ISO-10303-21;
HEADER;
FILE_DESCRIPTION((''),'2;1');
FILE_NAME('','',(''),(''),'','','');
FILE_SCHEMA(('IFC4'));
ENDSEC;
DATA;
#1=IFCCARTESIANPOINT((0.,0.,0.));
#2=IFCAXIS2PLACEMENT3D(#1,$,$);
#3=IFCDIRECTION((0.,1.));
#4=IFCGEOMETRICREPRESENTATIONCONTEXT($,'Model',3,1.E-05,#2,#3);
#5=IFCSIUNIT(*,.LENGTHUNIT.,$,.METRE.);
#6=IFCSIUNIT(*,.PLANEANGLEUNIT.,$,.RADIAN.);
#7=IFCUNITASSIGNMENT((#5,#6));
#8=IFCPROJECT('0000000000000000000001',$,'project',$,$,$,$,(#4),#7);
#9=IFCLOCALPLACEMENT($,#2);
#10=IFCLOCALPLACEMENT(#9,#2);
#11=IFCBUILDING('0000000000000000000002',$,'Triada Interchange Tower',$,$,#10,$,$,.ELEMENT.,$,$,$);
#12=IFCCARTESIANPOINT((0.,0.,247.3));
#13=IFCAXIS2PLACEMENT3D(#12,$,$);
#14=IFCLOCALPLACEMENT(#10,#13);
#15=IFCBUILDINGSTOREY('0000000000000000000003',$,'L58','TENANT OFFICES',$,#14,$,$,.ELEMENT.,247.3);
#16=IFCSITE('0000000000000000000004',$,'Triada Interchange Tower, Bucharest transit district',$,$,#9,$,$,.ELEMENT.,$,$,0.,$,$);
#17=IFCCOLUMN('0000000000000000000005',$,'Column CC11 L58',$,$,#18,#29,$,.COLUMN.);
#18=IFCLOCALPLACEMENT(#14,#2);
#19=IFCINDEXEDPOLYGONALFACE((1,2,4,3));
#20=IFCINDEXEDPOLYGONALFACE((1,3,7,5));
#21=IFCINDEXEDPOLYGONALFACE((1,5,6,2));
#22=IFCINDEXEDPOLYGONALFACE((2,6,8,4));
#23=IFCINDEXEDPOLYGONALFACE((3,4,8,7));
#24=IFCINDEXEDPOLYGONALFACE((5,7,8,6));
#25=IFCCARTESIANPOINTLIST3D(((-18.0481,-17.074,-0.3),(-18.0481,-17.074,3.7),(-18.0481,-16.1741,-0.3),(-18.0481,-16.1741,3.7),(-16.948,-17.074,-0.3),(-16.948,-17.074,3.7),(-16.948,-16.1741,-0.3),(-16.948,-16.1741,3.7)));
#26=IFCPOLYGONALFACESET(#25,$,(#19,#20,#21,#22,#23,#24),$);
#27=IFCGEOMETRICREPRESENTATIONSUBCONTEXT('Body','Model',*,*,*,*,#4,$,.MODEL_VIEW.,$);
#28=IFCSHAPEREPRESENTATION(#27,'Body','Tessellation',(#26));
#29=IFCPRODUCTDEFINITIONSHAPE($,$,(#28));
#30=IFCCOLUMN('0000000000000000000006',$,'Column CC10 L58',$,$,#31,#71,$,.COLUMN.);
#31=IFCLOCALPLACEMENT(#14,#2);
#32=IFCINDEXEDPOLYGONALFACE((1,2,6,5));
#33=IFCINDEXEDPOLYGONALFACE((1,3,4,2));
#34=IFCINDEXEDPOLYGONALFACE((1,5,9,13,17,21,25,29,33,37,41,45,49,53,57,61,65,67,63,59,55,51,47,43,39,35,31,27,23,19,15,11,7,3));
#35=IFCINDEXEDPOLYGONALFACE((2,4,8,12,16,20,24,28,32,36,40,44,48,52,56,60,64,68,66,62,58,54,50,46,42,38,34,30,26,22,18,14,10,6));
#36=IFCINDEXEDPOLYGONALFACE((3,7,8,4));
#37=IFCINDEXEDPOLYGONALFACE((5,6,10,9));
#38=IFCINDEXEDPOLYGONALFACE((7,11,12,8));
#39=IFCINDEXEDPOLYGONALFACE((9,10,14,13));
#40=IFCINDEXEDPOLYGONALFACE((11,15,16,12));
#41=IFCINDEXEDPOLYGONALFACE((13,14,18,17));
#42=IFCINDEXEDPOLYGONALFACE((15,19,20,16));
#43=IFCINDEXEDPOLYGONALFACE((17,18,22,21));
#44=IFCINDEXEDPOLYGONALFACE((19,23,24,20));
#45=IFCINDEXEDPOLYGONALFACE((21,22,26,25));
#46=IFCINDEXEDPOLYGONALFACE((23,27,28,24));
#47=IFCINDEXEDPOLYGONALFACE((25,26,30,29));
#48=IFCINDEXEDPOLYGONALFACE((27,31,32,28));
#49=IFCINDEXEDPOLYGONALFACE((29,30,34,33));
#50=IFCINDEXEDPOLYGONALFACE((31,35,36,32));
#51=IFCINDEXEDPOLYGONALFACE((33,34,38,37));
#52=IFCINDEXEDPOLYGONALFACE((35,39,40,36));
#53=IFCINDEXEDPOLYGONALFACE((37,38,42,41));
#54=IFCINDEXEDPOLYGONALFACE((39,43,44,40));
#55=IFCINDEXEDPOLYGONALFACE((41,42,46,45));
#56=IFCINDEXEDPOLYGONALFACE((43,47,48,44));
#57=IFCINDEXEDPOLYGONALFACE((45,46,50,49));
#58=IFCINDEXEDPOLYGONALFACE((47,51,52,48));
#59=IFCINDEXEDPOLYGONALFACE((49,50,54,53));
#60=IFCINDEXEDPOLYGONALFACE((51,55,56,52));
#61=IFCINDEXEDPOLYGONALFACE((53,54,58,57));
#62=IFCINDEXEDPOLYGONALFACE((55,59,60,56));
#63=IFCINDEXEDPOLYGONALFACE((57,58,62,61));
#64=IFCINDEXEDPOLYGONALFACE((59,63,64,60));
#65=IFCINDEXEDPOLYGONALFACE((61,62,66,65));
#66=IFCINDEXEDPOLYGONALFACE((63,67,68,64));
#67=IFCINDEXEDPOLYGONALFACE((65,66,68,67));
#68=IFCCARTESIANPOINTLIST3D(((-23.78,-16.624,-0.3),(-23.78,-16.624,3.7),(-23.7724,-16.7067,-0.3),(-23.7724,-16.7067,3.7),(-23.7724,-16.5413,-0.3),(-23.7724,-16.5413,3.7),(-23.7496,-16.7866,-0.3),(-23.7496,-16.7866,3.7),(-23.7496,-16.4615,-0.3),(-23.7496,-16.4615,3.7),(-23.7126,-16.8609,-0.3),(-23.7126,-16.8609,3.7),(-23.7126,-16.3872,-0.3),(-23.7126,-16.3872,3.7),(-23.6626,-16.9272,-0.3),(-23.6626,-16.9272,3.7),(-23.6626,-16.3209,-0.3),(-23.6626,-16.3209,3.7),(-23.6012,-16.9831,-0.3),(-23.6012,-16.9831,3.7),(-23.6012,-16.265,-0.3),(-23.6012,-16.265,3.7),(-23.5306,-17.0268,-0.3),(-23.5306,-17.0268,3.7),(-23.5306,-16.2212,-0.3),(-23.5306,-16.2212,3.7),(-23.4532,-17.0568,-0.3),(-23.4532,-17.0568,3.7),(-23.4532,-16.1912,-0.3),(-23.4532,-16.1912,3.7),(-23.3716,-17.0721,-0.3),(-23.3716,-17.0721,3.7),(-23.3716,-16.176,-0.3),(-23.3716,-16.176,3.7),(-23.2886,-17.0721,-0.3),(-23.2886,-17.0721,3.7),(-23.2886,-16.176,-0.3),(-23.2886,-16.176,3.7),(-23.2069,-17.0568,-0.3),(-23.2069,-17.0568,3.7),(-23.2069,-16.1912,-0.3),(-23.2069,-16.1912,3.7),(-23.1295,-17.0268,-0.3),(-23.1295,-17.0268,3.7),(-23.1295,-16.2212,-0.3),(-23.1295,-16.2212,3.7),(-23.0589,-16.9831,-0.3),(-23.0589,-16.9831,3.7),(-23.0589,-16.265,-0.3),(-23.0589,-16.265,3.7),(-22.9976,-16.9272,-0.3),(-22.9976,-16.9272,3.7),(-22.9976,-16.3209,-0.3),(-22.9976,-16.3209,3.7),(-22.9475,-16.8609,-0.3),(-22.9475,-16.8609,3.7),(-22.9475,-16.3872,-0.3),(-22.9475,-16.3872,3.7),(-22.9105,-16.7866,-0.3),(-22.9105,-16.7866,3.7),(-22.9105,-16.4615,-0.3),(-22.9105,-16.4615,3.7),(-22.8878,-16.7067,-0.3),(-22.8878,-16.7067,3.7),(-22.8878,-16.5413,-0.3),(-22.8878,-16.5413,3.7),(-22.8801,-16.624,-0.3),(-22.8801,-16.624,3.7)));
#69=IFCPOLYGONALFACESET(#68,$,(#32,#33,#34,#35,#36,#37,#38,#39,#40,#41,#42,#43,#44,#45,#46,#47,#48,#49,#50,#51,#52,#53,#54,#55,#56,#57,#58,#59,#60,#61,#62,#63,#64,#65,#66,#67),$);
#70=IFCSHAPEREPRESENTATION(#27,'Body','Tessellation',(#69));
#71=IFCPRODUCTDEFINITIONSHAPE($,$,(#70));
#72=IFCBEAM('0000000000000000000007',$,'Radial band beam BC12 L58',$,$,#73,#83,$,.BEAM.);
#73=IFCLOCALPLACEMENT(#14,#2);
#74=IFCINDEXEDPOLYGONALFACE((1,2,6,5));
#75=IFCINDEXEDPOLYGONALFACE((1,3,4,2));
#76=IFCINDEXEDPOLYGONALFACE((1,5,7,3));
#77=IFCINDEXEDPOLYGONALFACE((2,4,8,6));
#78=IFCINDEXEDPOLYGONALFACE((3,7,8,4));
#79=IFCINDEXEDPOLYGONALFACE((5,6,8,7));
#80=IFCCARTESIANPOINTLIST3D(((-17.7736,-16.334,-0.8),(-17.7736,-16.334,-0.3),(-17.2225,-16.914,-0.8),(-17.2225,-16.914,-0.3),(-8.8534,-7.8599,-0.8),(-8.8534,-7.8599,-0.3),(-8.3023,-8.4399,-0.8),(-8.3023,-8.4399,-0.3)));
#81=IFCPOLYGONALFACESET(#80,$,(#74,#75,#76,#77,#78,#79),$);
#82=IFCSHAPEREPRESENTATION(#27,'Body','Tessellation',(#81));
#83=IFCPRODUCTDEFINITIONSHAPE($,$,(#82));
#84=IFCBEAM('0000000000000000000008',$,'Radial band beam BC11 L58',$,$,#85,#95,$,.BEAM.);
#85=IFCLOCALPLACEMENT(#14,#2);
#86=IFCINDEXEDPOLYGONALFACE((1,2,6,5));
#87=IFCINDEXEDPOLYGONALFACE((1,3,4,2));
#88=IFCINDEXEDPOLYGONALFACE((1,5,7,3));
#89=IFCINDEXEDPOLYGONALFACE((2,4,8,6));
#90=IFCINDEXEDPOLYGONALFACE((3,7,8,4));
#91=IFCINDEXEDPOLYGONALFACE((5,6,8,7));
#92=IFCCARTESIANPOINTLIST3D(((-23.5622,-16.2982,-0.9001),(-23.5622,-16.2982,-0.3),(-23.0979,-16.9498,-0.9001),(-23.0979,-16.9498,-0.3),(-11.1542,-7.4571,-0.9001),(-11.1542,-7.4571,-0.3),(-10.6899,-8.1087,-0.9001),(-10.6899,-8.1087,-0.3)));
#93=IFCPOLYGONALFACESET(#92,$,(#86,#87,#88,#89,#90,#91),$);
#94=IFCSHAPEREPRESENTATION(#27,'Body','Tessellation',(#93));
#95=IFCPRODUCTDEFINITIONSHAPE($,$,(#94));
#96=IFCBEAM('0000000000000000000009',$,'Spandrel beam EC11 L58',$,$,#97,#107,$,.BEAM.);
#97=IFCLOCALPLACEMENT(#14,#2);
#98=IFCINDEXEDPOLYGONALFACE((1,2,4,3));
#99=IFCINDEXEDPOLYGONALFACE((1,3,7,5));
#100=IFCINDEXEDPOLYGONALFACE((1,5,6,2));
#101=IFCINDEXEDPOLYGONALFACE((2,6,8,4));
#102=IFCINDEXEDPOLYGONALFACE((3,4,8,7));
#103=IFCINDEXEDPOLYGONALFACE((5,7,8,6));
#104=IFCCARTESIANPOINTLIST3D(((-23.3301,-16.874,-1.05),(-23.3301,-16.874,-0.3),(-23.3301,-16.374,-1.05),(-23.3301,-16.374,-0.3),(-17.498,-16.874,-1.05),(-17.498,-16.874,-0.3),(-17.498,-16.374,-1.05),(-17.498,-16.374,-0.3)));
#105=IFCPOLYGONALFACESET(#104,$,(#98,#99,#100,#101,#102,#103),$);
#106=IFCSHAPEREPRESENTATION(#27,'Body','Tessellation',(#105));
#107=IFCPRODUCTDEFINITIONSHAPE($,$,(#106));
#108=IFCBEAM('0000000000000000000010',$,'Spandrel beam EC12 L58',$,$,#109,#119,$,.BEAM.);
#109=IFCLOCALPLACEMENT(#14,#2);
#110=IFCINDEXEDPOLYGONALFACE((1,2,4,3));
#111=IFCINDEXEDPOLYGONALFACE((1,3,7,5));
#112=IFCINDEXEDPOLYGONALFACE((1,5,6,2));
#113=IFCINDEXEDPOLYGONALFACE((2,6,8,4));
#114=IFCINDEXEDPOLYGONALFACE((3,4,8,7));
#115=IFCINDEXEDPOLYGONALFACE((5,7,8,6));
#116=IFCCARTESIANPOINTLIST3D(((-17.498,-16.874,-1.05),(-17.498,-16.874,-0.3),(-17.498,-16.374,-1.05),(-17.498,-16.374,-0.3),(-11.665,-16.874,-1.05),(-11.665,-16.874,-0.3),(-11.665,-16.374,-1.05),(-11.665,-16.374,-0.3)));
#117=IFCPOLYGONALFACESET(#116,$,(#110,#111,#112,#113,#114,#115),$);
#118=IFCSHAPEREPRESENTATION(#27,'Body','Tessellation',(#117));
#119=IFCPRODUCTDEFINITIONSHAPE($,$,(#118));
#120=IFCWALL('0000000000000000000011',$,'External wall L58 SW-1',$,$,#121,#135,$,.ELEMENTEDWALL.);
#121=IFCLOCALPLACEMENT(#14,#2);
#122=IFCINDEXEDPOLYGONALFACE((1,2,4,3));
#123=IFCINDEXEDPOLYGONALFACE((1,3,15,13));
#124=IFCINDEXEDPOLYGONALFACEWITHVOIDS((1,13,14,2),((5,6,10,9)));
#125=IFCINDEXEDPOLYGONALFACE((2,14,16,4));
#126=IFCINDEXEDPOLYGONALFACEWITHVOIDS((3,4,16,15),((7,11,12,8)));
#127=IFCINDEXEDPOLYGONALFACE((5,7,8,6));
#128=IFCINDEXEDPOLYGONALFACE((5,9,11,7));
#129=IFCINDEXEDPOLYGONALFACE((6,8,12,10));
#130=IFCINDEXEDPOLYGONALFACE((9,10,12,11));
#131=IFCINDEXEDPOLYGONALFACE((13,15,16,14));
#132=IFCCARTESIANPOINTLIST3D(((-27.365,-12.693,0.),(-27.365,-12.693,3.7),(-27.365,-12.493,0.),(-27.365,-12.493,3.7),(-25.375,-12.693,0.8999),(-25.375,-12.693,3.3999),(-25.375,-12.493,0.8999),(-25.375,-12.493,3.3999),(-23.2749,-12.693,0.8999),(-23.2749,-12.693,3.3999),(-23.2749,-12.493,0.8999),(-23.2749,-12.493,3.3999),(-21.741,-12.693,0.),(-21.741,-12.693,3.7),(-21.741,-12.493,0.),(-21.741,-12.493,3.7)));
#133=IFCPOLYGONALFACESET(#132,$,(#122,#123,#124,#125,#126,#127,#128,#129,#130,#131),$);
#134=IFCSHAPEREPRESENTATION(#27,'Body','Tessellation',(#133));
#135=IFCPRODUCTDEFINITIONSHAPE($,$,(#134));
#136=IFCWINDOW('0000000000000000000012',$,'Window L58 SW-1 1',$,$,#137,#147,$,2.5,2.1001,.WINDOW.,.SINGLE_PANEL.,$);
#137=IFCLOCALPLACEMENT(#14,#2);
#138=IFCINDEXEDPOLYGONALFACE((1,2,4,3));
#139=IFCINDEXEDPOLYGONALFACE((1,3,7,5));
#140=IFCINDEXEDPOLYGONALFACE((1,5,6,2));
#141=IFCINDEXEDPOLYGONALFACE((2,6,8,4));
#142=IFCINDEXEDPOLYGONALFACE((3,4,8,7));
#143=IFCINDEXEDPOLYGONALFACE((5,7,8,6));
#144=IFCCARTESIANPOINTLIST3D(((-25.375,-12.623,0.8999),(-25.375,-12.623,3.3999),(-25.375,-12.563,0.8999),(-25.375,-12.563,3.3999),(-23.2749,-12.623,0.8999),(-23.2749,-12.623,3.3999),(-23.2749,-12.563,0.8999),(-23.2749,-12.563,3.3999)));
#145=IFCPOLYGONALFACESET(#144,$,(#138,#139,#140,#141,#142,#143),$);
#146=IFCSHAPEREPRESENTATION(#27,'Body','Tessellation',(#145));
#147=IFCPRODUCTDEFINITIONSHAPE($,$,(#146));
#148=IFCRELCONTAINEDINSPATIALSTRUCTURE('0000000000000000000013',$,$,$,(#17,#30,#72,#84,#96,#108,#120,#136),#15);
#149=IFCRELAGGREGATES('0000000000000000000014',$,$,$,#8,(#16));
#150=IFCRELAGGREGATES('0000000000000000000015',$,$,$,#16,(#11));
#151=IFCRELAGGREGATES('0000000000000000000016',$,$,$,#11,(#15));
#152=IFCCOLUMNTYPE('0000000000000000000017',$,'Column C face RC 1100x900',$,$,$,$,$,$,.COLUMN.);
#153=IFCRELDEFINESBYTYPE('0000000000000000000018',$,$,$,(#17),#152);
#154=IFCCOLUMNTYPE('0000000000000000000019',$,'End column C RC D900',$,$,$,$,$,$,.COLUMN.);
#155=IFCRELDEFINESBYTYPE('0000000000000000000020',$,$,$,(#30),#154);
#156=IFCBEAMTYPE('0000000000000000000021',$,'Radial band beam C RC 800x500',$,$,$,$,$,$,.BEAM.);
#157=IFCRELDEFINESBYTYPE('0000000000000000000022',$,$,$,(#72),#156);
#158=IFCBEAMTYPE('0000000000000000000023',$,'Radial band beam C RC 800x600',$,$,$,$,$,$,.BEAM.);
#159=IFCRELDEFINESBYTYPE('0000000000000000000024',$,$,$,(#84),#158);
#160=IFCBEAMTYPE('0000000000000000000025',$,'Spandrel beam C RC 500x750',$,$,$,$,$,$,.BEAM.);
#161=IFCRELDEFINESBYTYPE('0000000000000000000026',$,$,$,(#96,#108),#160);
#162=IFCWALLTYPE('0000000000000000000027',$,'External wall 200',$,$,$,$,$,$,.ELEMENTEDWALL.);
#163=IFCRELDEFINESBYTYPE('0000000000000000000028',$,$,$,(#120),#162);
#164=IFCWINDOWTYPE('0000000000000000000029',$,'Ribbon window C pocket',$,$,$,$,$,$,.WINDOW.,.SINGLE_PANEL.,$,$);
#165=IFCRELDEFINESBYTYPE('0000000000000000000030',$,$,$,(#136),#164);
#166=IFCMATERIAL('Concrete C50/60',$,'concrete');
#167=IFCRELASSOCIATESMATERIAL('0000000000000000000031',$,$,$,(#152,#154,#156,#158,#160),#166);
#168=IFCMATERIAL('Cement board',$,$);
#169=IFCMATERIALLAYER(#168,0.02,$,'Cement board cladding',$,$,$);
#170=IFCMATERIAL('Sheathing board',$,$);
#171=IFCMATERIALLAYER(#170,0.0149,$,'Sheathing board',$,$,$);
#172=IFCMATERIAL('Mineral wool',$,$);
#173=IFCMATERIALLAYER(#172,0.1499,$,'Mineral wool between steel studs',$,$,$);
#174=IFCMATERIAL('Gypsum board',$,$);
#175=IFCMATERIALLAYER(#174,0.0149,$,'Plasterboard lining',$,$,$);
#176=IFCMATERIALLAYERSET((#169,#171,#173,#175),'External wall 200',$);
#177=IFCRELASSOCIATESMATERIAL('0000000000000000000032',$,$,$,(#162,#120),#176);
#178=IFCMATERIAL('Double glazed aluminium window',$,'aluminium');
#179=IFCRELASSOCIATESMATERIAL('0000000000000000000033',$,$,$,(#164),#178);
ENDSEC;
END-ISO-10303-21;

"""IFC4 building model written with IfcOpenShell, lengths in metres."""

from ifc_helpers import new_model, si_unit, direction, frame, frame_2d, origin, origin_2d, place, context, subcontext, project, spatial, rectangle, circle, extrude, material, layer, layer_set, layer_usage, material_profile, profile_set, type_object, element, fill, save


model = new_model("IFC4")

# Units and contexts
model_context = context("Model", 3, precision=1e-05, world=origin(), true_north=direction((0.0, 1.0)))
body_context = subcontext(model_context, "Body", "Model", "MODEL_VIEW")
ifc_project = project(units=[si_unit("LENGTHUNIT", "METRE"), si_unit("PLANEANGLEUNIT", "RADIAN")], contexts=[model_context])

# Site, building, storey
site_placement = place(None, origin())
site = spatial("IfcSite", under=ifc_project, at=site_placement, Name="Triada Interchange Tower, Bucharest transit district", CompositionType="ELEMENT", RefElevation=0.0)
building_placement = place(site_placement, origin())
building = spatial("IfcBuilding", under=site, at=building_placement, Name="Triada Interchange Tower", CompositionType="ELEMENT")
storey_placement = place(building_placement, frame((0.0, 0.0, 247.3)))
storey = spatial("IfcBuildingStorey", under=building, at=storey_placement, Name="L58", Description="TENANT OFFICES", CompositionType="ELEMENT", Elevation=247.3)

# Columns
ifc_material_1 = material(Name="Concrete C50/60", Category="concrete")
ifc_material_profile_1 = material_profile(ifc_material_1, rectangle(XDim=1.1001, YDim=0.8999, at=origin_2d()), Name="RC 1100x900")
ifc_profile_set_1 = profile_set([ifc_material_profile_1], Name="Concrete C50/60")
column_type_1 = type_object("IfcColumnType", Name="Column C face RC 1100x900", PredefinedType="COLUMN", material=ifc_profile_set_1)
column_1_placement = place(storey_placement, frame((-17.498, -16.624, -0.3), z_axis=(0.0, 0.0, 1.0), x_axis=(1.0, 0.0, 0.0)))
element("IfcColumn", 1, at=column_1_placement, inside=storey, type_object=column_type_1, Name="Column CC11 L58", PredefinedType="COLUMN", context=body_context, shape_type="SweptSolid", body=[
    extrude(rectangle(XDim=1.1001, YDim=0.8999, at=origin_2d()), origin(), (0.0, 0.0, 1.0), 4.0),
])
ifc_material_profile_2 = material_profile(ifc_material_1, circle(Radius=0.45, at=origin_2d()), Name="RC D900")
ifc_profile_set_2 = profile_set([ifc_material_profile_2], Name="Concrete C50/60")
column_type_2 = type_object("IfcColumnType", Name="End column C RC D900", PredefinedType="COLUMN", material=ifc_profile_set_2)
column_2_placement = place(storey_placement, frame((-23.3301, -16.624, -0.3), z_axis=(0.0, 0.0, 1.0), x_axis=(1.0, 0.0, 0.0)))
element("IfcColumn", 2, at=column_2_placement, inside=storey, type_object=column_type_2, Name="Column CC10 L58", PredefinedType="COLUMN", context=body_context, shape_type="SweptSolid", body=[
    extrude(circle(Radius=0.45, at=origin_2d()), origin(), (0.0, 0.0, 1.0), 4.0),
])

# Beams
ifc_material_profile_3 = material_profile(ifc_material_1, rectangle(XDim=0.8, YDim=0.5, at=origin_2d()), Name="RC 800x500")
ifc_profile_set_3 = profile_set([ifc_material_profile_3], Name="Concrete C50/60")
beam_type_1 = type_object("IfcBeamType", Name="Radial band beam C RC 800x500", PredefinedType="BEAM", material=ifc_profile_set_3)
beam_1_placement = place(storey_placement, frame((-17.498, -16.624, -0.55), z_axis=(0.725001, 0.688748, 0.0), x_axis=(-0.688748, 0.725001, 0.0)))
element("IfcBeam", 3, at=beam_1_placement, inside=storey, type_object=beam_type_1, Name="Radial band beam BC12 L58", PredefinedType="BEAM", context=body_context, shape_type="SweptSolid", body=[
    extrude(rectangle(XDim=0.8, YDim=0.5, at=origin_2d()), origin(), (0.0, 0.0, 1.0), 12.3037),
])
ifc_material_profile_4 = material_profile(ifc_material_1, rectangle(XDim=0.8, YDim=0.6001, at=origin_2d()), Name="RC 800x600")
ifc_profile_set_4 = profile_set([ifc_material_profile_4], Name="Concrete C50/60")
beam_type_2 = type_object("IfcBeamType", Name="Radial band beam C RC 800x600", PredefinedType="BEAM", material=ifc_profile_set_4)
beam_2_placement = place(storey_placement, frame((-23.3301, -16.624, -0.6001), z_axis=(0.814409, 0.580292, 0.0), x_axis=(-0.580292, 0.814409, 0.0)))
element("IfcBeam", 4, at=beam_2_placement, inside=storey, type_object=beam_type_2, Name="Radial band beam BC11 L58", PredefinedType="BEAM", context=body_context, shape_type="SweptSolid", body=[
    extrude(rectangle(XDim=0.8, YDim=0.6001, at=origin_2d()), origin(), (0.0, 0.0, 1.0), 15.2356),
])
ifc_material_profile_5 = material_profile(ifc_material_1, rectangle(XDim=0.5, YDim=0.75, at=origin_2d()), Name="RC 500x750")
ifc_profile_set_5 = profile_set([ifc_material_profile_5], Name="Concrete C50/60")
beam_type_3 = type_object("IfcBeamType", Name="Spandrel beam C RC 500x750", PredefinedType="BEAM", material=ifc_profile_set_5)
beam_3_placement = place(storey_placement, frame((-23.3301, -16.624, -0.675), z_axis=(1.0, 0.0, 0.0), x_axis=(0.0, 1.0, 0.0)))
element("IfcBeam", 5, at=beam_3_placement, inside=storey, type_object=beam_type_3, Name="Spandrel beam EC11 L58", PredefinedType="BEAM", context=body_context, shape_type="SweptSolid", body=[
    extrude(rectangle(XDim=0.5, YDim=0.75, at=origin_2d()), origin(), (0.0, 0.0, 1.0), 5.832),
])
beam_4_placement = place(storey_placement, frame((-17.498, -16.624, -0.675), z_axis=(1.0, 0.0, 0.0), x_axis=(0.0, 1.0, 0.0)))
element("IfcBeam", 6, at=beam_4_placement, inside=storey, type_object=beam_type_3, Name="Spandrel beam EC12 L58", PredefinedType="BEAM", context=body_context, shape_type="SweptSolid", body=[
    extrude(rectangle(XDim=0.5, YDim=0.75, at=origin_2d()), origin(), (0.0, 0.0, 1.0), 5.833),
])

# Wall, opening, window
ifc_material_2 = material(Name="Cement board")
ifc_layer_1 = layer(ifc_material_2, 0.02, Name="Cement board cladding")
ifc_material_3 = material(Name="Sheathing board")
ifc_layer_2 = layer(ifc_material_3, 0.0149, Name="Sheathing board")
ifc_material_4 = material(Name="Mineral wool")
ifc_layer_3 = layer(ifc_material_4, 0.1499, Name="Mineral wool between steel studs")
ifc_material_5 = material(Name="Gypsum board")
ifc_layer_4 = layer(ifc_material_5, 0.0149, Name="Plasterboard lining")
ifc_layer_set_1 = layer_set([ifc_layer_1, ifc_layer_2, ifc_layer_3, ifc_layer_4], Name="External wall 200")
ifc_layer_usage = layer_usage(ifc_layer_set_1, "AXIS2", "POSITIVE", -0.1001)
wall_type_1 = type_object("IfcWallType", Name="External wall 200", PredefinedType="ELEMENTEDWALL", material=ifc_layer_set_1)
wall_1_placement = place(storey_placement, frame((-27.365, -12.593, 0.0), z_axis=(0.0, 0.0, 1.0), x_axis=(1.0, 0.0, 0.0)))
wall_1 = element("IfcWall", 7, at=wall_1_placement, inside=storey, type_object=wall_type_1, material=ifc_layer_usage, Name="External wall L58 SW-1", PredefinedType="ELEMENTEDWALL", context=body_context, shape_type="SweptSolid", body=[
    extrude(rectangle(XDim=5.624, YDim=0.2, at=frame_2d((2.812, 0.0))), origin(), (0.0, 0.0, 1.0), 3.7),
])
opening_1_placement = place(wall_1_placement, frame((1.99, 0.0, 0.8999)))
opening_1 = element("IfcOpeningElement", 8, at=opening_1_placement, cuts=wall_1, PredefinedType="OPENING", context=body_context, shape_type="SweptSolid", body=[
    extrude(rectangle(XDim=2.1001, YDim=2.5, at=frame_2d((1.05, 1.25))), frame((0.0, 0.1099, 0.0), z_axis=(0.0, -1.0, 0.0), x_axis=(1.0, 0.0, 0.0)), (0.0, 0.0, 1.0), 0.22),
])
ifc_material_6 = material(Name="Double glazed aluminium window", Category="aluminium")
window_type_1 = type_object("IfcWindowType", Name="Ribbon window C pocket", PartitioningType="SINGLE_PANEL", PredefinedType="WINDOW", material=ifc_material_6)
window_1_placement = place(opening_1_placement, origin())
window_1 = element("IfcWindow", 9, at=window_1_placement, inside=storey, type_object=window_type_1, Name="Window L58 SW-1 1", OverallHeight=2.5, OverallWidth=2.1001, PartitioningType="SINGLE_PANEL", PredefinedType="WINDOW", context=body_context, shape_type="SweptSolid", body=[
    extrude(rectangle(XDim=2.1001, YDim=2.5, at=frame_2d((1.05, 1.25))), frame((0.0, 0.03, 0.0), z_axis=(0.0, -1.0, 0.0), x_axis=(1.0, 0.0, 0.0)), (0.0, 0.0, 1.0), 0.0601),
])
fill(opening_1, window_1)

save(model, "model.ifc")
